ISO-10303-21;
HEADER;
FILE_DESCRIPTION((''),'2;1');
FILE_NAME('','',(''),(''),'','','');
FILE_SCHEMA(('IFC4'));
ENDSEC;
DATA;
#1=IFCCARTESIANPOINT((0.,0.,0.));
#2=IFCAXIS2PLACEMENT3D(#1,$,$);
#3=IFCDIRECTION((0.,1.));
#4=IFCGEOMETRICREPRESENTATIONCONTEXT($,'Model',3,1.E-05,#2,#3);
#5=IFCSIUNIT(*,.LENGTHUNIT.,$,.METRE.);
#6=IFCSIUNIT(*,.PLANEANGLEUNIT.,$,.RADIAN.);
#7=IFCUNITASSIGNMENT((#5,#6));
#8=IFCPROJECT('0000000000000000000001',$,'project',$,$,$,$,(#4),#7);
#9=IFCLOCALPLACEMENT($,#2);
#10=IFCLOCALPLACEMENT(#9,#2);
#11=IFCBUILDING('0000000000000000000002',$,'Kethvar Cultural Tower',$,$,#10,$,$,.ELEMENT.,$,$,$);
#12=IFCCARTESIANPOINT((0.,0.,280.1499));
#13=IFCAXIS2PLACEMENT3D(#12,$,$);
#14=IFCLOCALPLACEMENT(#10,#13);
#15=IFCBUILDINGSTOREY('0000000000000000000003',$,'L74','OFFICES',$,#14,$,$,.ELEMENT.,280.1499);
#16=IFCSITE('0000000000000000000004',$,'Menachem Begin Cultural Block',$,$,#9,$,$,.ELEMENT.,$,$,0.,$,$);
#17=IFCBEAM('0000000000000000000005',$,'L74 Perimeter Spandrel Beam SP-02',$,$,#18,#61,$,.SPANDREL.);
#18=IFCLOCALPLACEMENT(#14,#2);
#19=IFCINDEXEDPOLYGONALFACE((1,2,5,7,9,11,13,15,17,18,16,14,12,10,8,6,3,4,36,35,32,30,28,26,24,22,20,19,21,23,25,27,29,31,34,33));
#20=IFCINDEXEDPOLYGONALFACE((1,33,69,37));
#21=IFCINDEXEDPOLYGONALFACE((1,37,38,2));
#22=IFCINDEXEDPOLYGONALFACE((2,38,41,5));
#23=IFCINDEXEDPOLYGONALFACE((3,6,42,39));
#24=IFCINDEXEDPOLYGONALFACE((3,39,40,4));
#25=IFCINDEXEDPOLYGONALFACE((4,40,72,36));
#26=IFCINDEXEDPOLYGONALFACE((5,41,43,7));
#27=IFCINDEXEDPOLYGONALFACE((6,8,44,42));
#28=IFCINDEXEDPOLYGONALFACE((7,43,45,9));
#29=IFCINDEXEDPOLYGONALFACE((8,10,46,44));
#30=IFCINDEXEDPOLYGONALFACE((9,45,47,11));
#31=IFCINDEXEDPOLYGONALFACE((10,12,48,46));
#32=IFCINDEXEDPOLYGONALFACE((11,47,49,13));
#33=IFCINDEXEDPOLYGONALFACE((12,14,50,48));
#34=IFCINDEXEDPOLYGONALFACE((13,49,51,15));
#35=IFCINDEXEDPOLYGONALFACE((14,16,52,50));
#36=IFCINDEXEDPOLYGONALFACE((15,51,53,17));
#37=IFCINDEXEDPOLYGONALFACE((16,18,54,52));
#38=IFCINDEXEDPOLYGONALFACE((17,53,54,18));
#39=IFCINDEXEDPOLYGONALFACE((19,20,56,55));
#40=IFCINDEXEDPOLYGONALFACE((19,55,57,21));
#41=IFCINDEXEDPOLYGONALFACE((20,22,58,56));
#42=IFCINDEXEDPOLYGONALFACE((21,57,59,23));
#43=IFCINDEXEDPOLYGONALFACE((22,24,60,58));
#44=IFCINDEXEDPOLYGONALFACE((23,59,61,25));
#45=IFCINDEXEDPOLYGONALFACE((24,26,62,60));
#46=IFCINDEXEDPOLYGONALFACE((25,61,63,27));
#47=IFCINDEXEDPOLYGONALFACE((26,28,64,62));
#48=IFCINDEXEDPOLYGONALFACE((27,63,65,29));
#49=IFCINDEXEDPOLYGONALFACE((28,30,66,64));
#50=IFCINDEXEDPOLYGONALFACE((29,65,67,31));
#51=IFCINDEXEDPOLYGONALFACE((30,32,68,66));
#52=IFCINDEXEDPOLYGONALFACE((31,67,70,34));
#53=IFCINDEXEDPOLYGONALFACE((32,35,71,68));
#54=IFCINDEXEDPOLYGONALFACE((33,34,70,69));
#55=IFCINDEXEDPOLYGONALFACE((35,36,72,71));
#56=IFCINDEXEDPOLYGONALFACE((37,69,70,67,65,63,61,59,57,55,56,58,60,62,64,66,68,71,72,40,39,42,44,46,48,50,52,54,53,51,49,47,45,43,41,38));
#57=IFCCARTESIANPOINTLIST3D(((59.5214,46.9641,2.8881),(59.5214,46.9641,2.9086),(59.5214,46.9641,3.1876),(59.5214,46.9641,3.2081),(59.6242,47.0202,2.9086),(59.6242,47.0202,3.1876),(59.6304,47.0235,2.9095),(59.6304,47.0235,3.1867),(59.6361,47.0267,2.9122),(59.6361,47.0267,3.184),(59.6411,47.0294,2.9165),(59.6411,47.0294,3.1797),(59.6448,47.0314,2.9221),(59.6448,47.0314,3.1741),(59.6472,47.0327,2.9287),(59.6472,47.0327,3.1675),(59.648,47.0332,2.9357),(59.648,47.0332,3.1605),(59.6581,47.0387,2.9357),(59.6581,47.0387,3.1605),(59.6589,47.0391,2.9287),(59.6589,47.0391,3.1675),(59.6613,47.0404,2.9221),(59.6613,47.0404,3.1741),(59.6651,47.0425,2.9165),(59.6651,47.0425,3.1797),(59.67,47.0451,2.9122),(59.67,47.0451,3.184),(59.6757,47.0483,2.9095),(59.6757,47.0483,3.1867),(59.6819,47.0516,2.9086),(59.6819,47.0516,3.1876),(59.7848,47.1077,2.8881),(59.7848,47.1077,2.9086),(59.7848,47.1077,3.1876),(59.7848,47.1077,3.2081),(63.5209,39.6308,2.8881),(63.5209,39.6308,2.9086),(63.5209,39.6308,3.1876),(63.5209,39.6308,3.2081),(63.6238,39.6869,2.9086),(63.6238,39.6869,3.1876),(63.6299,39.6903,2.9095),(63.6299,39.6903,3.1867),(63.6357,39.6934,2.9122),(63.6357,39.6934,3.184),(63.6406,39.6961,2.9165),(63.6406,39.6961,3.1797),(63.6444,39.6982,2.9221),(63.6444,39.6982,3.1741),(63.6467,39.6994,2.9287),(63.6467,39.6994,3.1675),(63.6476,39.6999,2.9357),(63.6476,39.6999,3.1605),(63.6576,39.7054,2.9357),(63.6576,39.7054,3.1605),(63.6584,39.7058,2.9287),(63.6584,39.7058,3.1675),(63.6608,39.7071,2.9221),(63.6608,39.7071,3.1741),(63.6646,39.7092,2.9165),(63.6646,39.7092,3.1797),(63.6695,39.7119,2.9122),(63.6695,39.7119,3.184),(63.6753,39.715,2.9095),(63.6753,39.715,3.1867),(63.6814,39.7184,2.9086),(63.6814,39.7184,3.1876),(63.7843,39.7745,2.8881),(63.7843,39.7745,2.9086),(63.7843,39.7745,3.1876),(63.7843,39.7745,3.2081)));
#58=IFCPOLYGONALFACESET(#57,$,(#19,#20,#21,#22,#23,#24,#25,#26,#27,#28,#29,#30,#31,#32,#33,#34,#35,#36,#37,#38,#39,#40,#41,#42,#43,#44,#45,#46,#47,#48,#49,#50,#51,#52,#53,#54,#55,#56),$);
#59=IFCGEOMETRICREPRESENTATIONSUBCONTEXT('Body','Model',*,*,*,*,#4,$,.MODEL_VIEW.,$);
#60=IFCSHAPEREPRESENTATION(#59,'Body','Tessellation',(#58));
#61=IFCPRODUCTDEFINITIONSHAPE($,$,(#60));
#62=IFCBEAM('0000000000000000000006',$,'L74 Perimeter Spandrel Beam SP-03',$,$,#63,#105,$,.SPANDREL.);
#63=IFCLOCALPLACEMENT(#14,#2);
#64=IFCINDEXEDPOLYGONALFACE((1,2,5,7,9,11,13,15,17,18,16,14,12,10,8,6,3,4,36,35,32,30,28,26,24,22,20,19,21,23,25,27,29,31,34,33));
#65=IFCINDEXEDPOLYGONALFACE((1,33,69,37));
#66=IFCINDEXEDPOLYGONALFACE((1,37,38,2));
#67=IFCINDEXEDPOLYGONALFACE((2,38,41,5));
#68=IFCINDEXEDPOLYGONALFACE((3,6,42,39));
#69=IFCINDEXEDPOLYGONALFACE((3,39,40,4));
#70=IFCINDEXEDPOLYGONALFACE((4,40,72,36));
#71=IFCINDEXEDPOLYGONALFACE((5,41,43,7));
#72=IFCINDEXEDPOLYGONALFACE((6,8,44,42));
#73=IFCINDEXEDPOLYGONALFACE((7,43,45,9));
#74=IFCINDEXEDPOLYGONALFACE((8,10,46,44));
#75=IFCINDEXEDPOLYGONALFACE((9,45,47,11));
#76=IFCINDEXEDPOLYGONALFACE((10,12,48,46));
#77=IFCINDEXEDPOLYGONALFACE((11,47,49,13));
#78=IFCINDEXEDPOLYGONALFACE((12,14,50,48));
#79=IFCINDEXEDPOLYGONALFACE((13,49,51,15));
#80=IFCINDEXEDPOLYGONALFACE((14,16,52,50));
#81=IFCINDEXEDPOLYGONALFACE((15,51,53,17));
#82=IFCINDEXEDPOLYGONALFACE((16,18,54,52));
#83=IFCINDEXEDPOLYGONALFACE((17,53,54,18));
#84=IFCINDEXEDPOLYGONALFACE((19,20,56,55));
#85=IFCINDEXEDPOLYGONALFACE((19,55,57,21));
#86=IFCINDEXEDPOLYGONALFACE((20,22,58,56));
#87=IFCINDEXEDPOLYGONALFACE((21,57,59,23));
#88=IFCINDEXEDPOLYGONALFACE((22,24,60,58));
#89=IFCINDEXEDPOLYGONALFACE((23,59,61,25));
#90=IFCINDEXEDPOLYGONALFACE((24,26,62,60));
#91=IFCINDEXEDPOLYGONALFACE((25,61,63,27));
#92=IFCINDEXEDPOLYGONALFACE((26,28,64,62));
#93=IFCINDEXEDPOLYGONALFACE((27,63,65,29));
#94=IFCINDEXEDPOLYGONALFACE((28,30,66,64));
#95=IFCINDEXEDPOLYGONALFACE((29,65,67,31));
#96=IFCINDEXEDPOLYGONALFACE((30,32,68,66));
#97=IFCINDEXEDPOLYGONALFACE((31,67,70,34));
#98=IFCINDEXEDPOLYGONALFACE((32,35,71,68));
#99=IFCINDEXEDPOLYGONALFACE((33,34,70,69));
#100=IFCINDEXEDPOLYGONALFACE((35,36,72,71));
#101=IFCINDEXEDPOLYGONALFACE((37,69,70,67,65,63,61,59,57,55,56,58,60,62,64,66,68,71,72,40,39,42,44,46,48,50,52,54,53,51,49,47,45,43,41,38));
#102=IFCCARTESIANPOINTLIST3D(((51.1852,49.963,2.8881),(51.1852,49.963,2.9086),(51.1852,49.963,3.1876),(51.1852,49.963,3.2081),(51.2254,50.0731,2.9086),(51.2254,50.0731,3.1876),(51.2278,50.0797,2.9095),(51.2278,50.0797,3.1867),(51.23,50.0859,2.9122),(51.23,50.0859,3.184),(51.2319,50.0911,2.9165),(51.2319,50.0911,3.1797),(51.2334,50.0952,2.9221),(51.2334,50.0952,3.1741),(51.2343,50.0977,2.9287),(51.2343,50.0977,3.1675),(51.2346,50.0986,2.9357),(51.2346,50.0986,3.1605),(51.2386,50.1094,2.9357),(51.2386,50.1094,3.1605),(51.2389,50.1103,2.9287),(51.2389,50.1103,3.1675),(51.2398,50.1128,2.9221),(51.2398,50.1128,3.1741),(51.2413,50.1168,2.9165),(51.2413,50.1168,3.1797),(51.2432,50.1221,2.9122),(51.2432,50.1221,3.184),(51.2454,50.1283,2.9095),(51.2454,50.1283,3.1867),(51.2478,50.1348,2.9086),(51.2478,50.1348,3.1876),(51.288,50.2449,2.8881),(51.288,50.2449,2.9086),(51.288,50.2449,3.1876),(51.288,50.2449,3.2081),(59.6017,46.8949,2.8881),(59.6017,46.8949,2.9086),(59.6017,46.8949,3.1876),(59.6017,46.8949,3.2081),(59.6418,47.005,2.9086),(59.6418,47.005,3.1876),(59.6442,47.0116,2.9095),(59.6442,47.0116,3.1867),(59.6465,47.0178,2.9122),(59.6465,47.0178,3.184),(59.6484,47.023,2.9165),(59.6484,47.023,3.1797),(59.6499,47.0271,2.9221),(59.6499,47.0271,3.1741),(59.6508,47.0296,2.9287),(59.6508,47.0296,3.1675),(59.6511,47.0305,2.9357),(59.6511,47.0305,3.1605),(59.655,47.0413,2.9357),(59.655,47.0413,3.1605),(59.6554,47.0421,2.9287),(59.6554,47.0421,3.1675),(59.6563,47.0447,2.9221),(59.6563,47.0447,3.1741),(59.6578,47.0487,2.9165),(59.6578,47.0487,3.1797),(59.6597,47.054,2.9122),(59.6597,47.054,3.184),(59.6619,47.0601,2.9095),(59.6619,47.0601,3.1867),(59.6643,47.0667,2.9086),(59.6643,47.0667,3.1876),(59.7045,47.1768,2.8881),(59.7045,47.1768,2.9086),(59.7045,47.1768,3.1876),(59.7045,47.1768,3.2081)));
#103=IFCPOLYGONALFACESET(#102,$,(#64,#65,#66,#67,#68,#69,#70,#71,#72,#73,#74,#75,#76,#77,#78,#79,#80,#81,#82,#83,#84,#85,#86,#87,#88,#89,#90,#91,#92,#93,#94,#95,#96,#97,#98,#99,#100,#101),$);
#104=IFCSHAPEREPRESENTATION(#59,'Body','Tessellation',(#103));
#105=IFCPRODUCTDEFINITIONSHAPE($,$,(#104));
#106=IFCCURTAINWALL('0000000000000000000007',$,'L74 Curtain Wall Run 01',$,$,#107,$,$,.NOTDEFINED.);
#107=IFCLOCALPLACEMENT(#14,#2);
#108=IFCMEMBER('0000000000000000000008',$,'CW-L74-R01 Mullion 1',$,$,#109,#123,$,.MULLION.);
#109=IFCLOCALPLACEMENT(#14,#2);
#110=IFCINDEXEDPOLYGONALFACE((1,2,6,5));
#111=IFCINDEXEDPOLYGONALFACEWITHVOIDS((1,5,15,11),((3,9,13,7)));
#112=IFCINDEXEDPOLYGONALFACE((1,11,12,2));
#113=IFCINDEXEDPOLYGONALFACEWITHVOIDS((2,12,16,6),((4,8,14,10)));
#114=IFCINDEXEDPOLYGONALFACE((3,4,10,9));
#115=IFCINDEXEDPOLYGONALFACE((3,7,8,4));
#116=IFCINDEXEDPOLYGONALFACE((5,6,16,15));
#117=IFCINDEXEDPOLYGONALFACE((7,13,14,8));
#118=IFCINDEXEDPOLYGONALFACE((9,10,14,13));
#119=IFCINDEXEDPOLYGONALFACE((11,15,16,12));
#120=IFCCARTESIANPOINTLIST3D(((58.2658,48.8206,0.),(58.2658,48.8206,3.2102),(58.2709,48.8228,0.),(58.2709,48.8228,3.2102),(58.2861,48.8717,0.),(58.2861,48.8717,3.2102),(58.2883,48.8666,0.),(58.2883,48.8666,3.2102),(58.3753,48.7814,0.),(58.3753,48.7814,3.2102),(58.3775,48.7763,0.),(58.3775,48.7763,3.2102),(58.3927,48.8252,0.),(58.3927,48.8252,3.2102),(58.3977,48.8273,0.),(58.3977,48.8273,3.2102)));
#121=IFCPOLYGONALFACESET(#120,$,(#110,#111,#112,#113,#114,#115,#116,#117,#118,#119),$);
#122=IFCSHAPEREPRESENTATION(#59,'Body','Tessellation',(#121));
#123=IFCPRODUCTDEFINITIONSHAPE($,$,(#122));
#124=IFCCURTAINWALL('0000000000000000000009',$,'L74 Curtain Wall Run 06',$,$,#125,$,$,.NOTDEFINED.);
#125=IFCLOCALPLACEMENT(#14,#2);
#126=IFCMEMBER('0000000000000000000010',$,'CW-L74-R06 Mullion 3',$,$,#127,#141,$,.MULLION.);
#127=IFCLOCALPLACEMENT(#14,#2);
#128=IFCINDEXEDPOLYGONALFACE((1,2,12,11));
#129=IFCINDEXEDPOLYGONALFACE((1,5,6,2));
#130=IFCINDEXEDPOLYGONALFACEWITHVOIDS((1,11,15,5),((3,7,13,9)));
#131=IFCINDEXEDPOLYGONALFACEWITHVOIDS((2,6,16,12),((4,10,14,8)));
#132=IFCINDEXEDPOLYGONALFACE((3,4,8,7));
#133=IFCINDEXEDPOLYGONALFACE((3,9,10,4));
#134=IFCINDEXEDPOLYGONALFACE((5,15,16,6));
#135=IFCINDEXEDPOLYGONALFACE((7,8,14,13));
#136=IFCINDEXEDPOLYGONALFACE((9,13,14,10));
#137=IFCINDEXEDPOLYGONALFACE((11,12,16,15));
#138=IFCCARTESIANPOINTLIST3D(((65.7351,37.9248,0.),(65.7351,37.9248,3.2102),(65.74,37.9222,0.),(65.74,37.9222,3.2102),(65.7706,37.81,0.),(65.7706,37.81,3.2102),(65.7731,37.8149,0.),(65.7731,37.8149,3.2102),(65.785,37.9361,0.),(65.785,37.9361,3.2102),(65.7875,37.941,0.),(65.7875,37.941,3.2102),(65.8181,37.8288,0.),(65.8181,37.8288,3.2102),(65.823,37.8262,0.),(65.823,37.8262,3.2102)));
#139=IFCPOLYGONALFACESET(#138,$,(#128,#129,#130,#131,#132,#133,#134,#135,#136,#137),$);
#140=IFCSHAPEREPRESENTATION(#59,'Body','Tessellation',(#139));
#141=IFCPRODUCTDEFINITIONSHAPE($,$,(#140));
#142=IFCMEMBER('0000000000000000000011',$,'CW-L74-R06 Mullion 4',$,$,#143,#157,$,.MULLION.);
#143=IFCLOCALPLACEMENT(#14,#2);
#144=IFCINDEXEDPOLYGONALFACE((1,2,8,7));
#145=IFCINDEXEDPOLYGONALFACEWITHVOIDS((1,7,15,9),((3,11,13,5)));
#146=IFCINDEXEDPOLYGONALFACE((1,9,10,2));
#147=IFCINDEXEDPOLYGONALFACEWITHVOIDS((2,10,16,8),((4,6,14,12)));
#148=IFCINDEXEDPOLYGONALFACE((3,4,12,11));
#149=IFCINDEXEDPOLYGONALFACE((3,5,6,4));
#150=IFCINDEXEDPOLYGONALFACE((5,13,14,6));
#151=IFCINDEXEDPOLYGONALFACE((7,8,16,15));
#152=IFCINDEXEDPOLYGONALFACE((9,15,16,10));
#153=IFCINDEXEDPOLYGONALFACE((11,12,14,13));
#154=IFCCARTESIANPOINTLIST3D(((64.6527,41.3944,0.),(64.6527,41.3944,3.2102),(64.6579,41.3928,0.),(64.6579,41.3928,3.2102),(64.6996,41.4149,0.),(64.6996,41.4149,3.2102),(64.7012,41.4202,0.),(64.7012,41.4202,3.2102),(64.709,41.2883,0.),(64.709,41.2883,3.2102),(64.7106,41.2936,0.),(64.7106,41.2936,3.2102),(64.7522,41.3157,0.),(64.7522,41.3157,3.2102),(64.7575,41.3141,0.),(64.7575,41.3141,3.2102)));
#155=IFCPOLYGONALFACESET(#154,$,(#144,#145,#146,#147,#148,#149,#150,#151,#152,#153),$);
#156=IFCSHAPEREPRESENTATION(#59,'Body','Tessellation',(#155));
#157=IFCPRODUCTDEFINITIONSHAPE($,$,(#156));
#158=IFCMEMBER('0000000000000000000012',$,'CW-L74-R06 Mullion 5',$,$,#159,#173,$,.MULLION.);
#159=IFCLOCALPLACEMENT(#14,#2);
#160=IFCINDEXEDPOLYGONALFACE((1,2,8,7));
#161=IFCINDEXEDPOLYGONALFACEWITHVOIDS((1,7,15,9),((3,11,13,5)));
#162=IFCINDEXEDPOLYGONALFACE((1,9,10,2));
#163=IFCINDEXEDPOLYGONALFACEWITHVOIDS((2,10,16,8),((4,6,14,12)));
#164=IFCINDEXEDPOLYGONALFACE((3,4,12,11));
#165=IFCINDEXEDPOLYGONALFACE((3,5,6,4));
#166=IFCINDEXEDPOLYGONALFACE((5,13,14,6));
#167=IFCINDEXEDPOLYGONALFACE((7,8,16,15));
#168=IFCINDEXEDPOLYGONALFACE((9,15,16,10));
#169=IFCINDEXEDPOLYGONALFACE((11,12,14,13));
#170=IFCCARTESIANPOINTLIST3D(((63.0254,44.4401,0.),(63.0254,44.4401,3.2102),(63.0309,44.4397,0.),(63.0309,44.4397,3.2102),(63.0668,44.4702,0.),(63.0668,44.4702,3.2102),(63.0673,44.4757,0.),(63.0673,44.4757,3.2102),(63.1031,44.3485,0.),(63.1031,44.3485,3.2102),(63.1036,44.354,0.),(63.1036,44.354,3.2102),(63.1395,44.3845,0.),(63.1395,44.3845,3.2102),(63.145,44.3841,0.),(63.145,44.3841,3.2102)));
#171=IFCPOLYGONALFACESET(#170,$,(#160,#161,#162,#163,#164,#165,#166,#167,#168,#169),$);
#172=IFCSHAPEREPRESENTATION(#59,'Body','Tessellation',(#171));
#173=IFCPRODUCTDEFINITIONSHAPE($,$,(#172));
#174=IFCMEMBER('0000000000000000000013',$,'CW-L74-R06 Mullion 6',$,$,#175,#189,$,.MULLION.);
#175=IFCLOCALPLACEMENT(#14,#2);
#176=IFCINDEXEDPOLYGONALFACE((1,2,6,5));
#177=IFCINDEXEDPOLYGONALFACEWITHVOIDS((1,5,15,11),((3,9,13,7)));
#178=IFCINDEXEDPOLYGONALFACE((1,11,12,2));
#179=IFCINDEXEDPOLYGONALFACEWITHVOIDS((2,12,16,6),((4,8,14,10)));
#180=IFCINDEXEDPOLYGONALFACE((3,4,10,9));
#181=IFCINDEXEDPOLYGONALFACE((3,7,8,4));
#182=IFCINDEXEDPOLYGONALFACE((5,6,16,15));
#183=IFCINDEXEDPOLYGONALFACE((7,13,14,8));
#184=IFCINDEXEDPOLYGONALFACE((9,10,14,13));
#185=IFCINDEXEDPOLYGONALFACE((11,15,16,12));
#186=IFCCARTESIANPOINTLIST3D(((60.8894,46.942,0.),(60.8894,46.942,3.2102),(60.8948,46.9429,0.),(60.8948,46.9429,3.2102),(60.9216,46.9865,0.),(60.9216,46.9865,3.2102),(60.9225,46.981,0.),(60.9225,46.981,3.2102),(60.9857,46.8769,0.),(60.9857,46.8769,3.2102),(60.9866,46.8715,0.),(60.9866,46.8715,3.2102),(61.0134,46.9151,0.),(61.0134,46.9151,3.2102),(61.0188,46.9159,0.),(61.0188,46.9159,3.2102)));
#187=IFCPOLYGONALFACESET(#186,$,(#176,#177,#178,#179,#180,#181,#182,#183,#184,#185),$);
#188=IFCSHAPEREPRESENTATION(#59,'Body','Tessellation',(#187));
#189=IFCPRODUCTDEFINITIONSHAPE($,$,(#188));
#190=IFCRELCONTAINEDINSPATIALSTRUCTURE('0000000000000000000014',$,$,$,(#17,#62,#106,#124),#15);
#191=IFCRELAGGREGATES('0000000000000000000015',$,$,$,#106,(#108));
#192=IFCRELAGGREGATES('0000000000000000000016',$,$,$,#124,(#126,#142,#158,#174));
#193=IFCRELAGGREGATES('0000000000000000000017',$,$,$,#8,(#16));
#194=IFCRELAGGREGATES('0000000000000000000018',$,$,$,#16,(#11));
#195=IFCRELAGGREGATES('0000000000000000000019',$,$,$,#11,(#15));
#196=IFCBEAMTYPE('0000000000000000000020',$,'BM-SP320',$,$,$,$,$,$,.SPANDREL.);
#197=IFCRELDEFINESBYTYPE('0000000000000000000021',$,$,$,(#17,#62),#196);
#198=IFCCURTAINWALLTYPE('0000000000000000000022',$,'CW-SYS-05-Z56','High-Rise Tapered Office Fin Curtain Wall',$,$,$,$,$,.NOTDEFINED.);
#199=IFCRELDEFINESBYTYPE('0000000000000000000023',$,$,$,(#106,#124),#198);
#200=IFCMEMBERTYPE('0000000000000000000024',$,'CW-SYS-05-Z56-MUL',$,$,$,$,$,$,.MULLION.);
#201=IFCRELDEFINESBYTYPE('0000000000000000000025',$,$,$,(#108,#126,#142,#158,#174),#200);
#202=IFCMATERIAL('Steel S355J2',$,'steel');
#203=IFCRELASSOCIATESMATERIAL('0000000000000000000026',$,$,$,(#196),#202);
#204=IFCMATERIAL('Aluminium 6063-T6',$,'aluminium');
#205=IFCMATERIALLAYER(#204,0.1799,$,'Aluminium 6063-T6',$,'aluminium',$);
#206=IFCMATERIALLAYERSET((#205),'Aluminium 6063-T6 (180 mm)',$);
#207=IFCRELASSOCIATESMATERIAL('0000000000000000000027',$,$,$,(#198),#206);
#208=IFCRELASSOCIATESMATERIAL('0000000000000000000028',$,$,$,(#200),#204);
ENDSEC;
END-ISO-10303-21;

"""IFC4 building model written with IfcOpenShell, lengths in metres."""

from ifc_helpers import new_model, si_unit, direction, frame, origin, origin_2d, place, context, subcontext, project, spatial, hollow_rectangle, i_section, extrude, source, transform, mapped, material, layer, layer_set, material_profile, profile_set, type_object, element, aggregate, save


model = new_model("IFC4")

# Units and contexts
model_context = context("Model", 3, precision=1e-05, world=origin(), true_north=direction((0.0, 1.0)))
body_context = subcontext(model_context, "Body", "Model", "MODEL_VIEW")
ifc_project = project(units=[si_unit("LENGTHUNIT", "METRE"), si_unit("PLANEANGLEUNIT", "RADIAN")], contexts=[model_context])

# Site, building, storey
site_placement = place(None, origin())
site = spatial("IfcSite", under=ifc_project, at=site_placement, Name="Menachem Begin Cultural Block", CompositionType="ELEMENT", RefElevation=0.0)
building_placement = place(site_placement, origin())
building = spatial("IfcBuilding", under=site, at=building_placement, Name="Kethvar Cultural Tower", CompositionType="ELEMENT")
storey_placement = place(building_placement, frame((0.0, 0.0, 280.1499)))
storey = spatial("IfcBuildingStorey", under=building, at=storey_placement, Name="L74", Description="OFFICES", CompositionType="ELEMENT", Elevation=280.1499)

# Beams
ifc_material_1 = material(Name="Steel S355J2", Category="steel")
ifc_material_profile_1 = material_profile(ifc_material_1, i_section(OverallWidth=0.3, OverallDepth=0.3201, WebThickness=0.0115, FlangeThickness=0.0205, FilletRadius=0.0271, at=origin_2d()), Name="Steel S355J2 — HEB320")
ifc_profile_set_1 = profile_set([ifc_material_profile_1], Name="Steel S355J2 — HEB320")
beam_type = type_object("IfcBeamType", Name="BM-SP320", PredefinedType="SPANDREL", material=ifc_profile_set_1)
shared_shape_1 = source(origin(), body_context, "Body", "SweptSolid", [
    extrude(i_section(OverallWidth=0.3, OverallDepth=0.3201, WebThickness=0.0115, FlangeThickness=0.0205, FilletRadius=0.0271, at=origin_2d()), origin(), (0.0, 0.0, 1.0), 8.353),
])
beam_1_placement = place(storey_placement, frame((63.6526, 39.7026, 3.0481), z_axis=(-0.478811, 0.877918, 0.0), x_axis=(-0.877918, -0.478811, 0.0)))
element("IfcBeam", 1, at=beam_1_placement, inside=storey, type_object=beam_type, Name="L74 Perimeter Spandrel Beam SP-02", PredefinedType="SPANDREL", context=body_context, shape_type="MappedRepresentation", body=[
    mapped(shared_shape_1, transform((0.0, 0.0, 0.0), scale=1.0)),
])
shared_shape_2 = source(origin(), body_context, "Body", "SweptSolid", [
    extrude(i_section(OverallWidth=0.3, OverallDepth=0.3201, WebThickness=0.0115, FlangeThickness=0.0205, FilletRadius=0.0271, at=origin_2d()), origin(), (0.0, 0.0, 1.0), 8.9583),
])
beam_2_placement = place(storey_placement, frame((59.6531, 47.0359, 3.0481), z_axis=(-0.939522, 0.342489, 0.0), x_axis=(-0.342489, -0.939522, 0.0)))
element("IfcBeam", 2, at=beam_2_placement, inside=storey, type_object=beam_type, Name="L74 Perimeter Spandrel Beam SP-03", PredefinedType="SPANDREL", context=body_context, shape_type="MappedRepresentation", body=[
    mapped(shared_shape_2, transform((0.0, 0.0, 0.0), scale=1.0)),
])

# Curtain wall, member
ifc_material_2 = material(Name="Aluminium 6063-T6", Category="aluminium")
ifc_layer_1 = layer(ifc_material_2, 0.1799, Name="Aluminium 6063-T6", Category="aluminium")
ifc_layer_set_1 = layer_set([ifc_layer_1], Name="Aluminium 6063-T6 (180 mm)")
curtain_wall_type = type_object("IfcCurtainWallType", Name="CW-SYS-05-Z56", Description="High-Rise Tapered Office Fin Curtain Wall", PredefinedType="NOTDEFINED", material=ifc_layer_set_1)
curtain_wall_1_placement = place(storey_placement, origin())
curtain_wall_1 = element("IfcCurtainWall", 3, at=curtain_wall_1_placement, inside=storey, type_object=curtain_wall_type, Name="L74 Curtain Wall Run 01", PredefinedType="NOTDEFINED")
ifc_material_profile_2 = material_profile(ifc_material_2, hollow_rectangle(XDim=0.0549, YDim=0.1201, WallThickness=0.0039, at=origin_2d()), Name="Aluminium 6063-T6 — RHS120x55x4")
ifc_profile_set_2 = profile_set([ifc_material_profile_2], Name="Aluminium 6063-T6 — RHS120x55x4")
member_type_1 = type_object("IfcMemberType", Name="CW-SYS-05-Z56-MUL", PredefinedType="MULLION", material=ifc_profile_set_2)
shared_shape_3 = source(origin(), body_context, "Body", "SweptSolid", [
    extrude(hollow_rectangle(XDim=0.0549, YDim=0.1201, WallThickness=0.0039, at=origin_2d()), origin(), (0.0, 0.0, 1.0), 3.2102),
])
member_1_placement = place(storey_placement, frame((58.3318, 48.824, 0.0), z_axis=(0.0, 0.0, 1.0), x_axis=(-0.368887, -0.929474, 0.0)))
member_1 = element("IfcMember", 4, at=member_1_placement, type_object=member_type_1, Name="CW-L74-R01 Mullion 1", PredefinedType="MULLION", context=body_context, shape_type="MappedRepresentation", body=[
    mapped(shared_shape_3, transform((0.0, 0.0, 0.0), scale=1.0)),
])
aggregate(curtain_wall_1, [member_1])

# Curtain wall, members
curtain_wall_2_placement = place(storey_placement, origin())
curtain_wall_2 = element("IfcCurtainWall", 5, at=curtain_wall_2_placement, inside=storey, type_object=curtain_wall_type, Name="L74 Curtain Wall Run 06", PredefinedType="NOTDEFINED")
member_2_placement = place(storey_placement, frame((65.7791, 37.8755, 0.0), z_axis=(0.0, 0.0, 1.0), x_axis=(-0.955366, -0.295425, 0.0)))
member_2 = element("IfcMember", 6, at=member_2_placement, type_object=member_type_1, Name="CW-L74-R06 Mullion 3", PredefinedType="MULLION", context=body_context, shape_type="MappedRepresentation", body=[
    mapped(shared_shape_3, transform((0.0, 0.0, 0.0), scale=1.0)),
])
member_3_placement = place(storey_placement, frame((64.7051, 41.3542, 0.0), z_axis=(0.0, 0.0, 1.0), x_axis=(-0.883365, -0.468685, 0.0)))
member_3 = element("IfcMember", 7, at=member_3_placement, type_object=member_type_1, Name="CW-L74-R06 Mullion 4", PredefinedType="MULLION", context=body_context, shape_type="MappedRepresentation", body=[
    mapped(shared_shape_3, transform((0.0, 0.0, 0.0), scale=1.0)),
])
member_4_placement = place(storey_placement, frame((63.0852, 44.4121, 0.0), z_axis=(0.0, 0.0, 1.0), x_axis=(-0.762601, -0.64687, 0.0)))
member_4 = element("IfcMember", 8, at=member_4_placement, type_object=member_type_1, Name="CW-L74-R06 Mullion 5", PredefinedType="MULLION", context=body_context, shape_type="MappedRepresentation", body=[
    mapped(shared_shape_3, transform((0.0, 0.0, 0.0), scale=1.0)),
])
member_5_placement = place(storey_placement, frame((60.9541, 46.929, 0.0), z_axis=(0.0, 0.0, 1.0), x_axis=(-0.587136, -0.809489, 0.0)))
member_5 = element("IfcMember", 9, at=member_5_placement, type_object=member_type_1, Name="CW-L74-R06 Mullion 6", PredefinedType="MULLION", context=body_context, shape_type="MappedRepresentation", body=[
    mapped(shared_shape_3, transform((0.0, 0.0, 0.0), scale=1.0)),
])
aggregate(curtain_wall_2, [member_2, member_3, member_4, member_5])

save(model, "model.ifc")
